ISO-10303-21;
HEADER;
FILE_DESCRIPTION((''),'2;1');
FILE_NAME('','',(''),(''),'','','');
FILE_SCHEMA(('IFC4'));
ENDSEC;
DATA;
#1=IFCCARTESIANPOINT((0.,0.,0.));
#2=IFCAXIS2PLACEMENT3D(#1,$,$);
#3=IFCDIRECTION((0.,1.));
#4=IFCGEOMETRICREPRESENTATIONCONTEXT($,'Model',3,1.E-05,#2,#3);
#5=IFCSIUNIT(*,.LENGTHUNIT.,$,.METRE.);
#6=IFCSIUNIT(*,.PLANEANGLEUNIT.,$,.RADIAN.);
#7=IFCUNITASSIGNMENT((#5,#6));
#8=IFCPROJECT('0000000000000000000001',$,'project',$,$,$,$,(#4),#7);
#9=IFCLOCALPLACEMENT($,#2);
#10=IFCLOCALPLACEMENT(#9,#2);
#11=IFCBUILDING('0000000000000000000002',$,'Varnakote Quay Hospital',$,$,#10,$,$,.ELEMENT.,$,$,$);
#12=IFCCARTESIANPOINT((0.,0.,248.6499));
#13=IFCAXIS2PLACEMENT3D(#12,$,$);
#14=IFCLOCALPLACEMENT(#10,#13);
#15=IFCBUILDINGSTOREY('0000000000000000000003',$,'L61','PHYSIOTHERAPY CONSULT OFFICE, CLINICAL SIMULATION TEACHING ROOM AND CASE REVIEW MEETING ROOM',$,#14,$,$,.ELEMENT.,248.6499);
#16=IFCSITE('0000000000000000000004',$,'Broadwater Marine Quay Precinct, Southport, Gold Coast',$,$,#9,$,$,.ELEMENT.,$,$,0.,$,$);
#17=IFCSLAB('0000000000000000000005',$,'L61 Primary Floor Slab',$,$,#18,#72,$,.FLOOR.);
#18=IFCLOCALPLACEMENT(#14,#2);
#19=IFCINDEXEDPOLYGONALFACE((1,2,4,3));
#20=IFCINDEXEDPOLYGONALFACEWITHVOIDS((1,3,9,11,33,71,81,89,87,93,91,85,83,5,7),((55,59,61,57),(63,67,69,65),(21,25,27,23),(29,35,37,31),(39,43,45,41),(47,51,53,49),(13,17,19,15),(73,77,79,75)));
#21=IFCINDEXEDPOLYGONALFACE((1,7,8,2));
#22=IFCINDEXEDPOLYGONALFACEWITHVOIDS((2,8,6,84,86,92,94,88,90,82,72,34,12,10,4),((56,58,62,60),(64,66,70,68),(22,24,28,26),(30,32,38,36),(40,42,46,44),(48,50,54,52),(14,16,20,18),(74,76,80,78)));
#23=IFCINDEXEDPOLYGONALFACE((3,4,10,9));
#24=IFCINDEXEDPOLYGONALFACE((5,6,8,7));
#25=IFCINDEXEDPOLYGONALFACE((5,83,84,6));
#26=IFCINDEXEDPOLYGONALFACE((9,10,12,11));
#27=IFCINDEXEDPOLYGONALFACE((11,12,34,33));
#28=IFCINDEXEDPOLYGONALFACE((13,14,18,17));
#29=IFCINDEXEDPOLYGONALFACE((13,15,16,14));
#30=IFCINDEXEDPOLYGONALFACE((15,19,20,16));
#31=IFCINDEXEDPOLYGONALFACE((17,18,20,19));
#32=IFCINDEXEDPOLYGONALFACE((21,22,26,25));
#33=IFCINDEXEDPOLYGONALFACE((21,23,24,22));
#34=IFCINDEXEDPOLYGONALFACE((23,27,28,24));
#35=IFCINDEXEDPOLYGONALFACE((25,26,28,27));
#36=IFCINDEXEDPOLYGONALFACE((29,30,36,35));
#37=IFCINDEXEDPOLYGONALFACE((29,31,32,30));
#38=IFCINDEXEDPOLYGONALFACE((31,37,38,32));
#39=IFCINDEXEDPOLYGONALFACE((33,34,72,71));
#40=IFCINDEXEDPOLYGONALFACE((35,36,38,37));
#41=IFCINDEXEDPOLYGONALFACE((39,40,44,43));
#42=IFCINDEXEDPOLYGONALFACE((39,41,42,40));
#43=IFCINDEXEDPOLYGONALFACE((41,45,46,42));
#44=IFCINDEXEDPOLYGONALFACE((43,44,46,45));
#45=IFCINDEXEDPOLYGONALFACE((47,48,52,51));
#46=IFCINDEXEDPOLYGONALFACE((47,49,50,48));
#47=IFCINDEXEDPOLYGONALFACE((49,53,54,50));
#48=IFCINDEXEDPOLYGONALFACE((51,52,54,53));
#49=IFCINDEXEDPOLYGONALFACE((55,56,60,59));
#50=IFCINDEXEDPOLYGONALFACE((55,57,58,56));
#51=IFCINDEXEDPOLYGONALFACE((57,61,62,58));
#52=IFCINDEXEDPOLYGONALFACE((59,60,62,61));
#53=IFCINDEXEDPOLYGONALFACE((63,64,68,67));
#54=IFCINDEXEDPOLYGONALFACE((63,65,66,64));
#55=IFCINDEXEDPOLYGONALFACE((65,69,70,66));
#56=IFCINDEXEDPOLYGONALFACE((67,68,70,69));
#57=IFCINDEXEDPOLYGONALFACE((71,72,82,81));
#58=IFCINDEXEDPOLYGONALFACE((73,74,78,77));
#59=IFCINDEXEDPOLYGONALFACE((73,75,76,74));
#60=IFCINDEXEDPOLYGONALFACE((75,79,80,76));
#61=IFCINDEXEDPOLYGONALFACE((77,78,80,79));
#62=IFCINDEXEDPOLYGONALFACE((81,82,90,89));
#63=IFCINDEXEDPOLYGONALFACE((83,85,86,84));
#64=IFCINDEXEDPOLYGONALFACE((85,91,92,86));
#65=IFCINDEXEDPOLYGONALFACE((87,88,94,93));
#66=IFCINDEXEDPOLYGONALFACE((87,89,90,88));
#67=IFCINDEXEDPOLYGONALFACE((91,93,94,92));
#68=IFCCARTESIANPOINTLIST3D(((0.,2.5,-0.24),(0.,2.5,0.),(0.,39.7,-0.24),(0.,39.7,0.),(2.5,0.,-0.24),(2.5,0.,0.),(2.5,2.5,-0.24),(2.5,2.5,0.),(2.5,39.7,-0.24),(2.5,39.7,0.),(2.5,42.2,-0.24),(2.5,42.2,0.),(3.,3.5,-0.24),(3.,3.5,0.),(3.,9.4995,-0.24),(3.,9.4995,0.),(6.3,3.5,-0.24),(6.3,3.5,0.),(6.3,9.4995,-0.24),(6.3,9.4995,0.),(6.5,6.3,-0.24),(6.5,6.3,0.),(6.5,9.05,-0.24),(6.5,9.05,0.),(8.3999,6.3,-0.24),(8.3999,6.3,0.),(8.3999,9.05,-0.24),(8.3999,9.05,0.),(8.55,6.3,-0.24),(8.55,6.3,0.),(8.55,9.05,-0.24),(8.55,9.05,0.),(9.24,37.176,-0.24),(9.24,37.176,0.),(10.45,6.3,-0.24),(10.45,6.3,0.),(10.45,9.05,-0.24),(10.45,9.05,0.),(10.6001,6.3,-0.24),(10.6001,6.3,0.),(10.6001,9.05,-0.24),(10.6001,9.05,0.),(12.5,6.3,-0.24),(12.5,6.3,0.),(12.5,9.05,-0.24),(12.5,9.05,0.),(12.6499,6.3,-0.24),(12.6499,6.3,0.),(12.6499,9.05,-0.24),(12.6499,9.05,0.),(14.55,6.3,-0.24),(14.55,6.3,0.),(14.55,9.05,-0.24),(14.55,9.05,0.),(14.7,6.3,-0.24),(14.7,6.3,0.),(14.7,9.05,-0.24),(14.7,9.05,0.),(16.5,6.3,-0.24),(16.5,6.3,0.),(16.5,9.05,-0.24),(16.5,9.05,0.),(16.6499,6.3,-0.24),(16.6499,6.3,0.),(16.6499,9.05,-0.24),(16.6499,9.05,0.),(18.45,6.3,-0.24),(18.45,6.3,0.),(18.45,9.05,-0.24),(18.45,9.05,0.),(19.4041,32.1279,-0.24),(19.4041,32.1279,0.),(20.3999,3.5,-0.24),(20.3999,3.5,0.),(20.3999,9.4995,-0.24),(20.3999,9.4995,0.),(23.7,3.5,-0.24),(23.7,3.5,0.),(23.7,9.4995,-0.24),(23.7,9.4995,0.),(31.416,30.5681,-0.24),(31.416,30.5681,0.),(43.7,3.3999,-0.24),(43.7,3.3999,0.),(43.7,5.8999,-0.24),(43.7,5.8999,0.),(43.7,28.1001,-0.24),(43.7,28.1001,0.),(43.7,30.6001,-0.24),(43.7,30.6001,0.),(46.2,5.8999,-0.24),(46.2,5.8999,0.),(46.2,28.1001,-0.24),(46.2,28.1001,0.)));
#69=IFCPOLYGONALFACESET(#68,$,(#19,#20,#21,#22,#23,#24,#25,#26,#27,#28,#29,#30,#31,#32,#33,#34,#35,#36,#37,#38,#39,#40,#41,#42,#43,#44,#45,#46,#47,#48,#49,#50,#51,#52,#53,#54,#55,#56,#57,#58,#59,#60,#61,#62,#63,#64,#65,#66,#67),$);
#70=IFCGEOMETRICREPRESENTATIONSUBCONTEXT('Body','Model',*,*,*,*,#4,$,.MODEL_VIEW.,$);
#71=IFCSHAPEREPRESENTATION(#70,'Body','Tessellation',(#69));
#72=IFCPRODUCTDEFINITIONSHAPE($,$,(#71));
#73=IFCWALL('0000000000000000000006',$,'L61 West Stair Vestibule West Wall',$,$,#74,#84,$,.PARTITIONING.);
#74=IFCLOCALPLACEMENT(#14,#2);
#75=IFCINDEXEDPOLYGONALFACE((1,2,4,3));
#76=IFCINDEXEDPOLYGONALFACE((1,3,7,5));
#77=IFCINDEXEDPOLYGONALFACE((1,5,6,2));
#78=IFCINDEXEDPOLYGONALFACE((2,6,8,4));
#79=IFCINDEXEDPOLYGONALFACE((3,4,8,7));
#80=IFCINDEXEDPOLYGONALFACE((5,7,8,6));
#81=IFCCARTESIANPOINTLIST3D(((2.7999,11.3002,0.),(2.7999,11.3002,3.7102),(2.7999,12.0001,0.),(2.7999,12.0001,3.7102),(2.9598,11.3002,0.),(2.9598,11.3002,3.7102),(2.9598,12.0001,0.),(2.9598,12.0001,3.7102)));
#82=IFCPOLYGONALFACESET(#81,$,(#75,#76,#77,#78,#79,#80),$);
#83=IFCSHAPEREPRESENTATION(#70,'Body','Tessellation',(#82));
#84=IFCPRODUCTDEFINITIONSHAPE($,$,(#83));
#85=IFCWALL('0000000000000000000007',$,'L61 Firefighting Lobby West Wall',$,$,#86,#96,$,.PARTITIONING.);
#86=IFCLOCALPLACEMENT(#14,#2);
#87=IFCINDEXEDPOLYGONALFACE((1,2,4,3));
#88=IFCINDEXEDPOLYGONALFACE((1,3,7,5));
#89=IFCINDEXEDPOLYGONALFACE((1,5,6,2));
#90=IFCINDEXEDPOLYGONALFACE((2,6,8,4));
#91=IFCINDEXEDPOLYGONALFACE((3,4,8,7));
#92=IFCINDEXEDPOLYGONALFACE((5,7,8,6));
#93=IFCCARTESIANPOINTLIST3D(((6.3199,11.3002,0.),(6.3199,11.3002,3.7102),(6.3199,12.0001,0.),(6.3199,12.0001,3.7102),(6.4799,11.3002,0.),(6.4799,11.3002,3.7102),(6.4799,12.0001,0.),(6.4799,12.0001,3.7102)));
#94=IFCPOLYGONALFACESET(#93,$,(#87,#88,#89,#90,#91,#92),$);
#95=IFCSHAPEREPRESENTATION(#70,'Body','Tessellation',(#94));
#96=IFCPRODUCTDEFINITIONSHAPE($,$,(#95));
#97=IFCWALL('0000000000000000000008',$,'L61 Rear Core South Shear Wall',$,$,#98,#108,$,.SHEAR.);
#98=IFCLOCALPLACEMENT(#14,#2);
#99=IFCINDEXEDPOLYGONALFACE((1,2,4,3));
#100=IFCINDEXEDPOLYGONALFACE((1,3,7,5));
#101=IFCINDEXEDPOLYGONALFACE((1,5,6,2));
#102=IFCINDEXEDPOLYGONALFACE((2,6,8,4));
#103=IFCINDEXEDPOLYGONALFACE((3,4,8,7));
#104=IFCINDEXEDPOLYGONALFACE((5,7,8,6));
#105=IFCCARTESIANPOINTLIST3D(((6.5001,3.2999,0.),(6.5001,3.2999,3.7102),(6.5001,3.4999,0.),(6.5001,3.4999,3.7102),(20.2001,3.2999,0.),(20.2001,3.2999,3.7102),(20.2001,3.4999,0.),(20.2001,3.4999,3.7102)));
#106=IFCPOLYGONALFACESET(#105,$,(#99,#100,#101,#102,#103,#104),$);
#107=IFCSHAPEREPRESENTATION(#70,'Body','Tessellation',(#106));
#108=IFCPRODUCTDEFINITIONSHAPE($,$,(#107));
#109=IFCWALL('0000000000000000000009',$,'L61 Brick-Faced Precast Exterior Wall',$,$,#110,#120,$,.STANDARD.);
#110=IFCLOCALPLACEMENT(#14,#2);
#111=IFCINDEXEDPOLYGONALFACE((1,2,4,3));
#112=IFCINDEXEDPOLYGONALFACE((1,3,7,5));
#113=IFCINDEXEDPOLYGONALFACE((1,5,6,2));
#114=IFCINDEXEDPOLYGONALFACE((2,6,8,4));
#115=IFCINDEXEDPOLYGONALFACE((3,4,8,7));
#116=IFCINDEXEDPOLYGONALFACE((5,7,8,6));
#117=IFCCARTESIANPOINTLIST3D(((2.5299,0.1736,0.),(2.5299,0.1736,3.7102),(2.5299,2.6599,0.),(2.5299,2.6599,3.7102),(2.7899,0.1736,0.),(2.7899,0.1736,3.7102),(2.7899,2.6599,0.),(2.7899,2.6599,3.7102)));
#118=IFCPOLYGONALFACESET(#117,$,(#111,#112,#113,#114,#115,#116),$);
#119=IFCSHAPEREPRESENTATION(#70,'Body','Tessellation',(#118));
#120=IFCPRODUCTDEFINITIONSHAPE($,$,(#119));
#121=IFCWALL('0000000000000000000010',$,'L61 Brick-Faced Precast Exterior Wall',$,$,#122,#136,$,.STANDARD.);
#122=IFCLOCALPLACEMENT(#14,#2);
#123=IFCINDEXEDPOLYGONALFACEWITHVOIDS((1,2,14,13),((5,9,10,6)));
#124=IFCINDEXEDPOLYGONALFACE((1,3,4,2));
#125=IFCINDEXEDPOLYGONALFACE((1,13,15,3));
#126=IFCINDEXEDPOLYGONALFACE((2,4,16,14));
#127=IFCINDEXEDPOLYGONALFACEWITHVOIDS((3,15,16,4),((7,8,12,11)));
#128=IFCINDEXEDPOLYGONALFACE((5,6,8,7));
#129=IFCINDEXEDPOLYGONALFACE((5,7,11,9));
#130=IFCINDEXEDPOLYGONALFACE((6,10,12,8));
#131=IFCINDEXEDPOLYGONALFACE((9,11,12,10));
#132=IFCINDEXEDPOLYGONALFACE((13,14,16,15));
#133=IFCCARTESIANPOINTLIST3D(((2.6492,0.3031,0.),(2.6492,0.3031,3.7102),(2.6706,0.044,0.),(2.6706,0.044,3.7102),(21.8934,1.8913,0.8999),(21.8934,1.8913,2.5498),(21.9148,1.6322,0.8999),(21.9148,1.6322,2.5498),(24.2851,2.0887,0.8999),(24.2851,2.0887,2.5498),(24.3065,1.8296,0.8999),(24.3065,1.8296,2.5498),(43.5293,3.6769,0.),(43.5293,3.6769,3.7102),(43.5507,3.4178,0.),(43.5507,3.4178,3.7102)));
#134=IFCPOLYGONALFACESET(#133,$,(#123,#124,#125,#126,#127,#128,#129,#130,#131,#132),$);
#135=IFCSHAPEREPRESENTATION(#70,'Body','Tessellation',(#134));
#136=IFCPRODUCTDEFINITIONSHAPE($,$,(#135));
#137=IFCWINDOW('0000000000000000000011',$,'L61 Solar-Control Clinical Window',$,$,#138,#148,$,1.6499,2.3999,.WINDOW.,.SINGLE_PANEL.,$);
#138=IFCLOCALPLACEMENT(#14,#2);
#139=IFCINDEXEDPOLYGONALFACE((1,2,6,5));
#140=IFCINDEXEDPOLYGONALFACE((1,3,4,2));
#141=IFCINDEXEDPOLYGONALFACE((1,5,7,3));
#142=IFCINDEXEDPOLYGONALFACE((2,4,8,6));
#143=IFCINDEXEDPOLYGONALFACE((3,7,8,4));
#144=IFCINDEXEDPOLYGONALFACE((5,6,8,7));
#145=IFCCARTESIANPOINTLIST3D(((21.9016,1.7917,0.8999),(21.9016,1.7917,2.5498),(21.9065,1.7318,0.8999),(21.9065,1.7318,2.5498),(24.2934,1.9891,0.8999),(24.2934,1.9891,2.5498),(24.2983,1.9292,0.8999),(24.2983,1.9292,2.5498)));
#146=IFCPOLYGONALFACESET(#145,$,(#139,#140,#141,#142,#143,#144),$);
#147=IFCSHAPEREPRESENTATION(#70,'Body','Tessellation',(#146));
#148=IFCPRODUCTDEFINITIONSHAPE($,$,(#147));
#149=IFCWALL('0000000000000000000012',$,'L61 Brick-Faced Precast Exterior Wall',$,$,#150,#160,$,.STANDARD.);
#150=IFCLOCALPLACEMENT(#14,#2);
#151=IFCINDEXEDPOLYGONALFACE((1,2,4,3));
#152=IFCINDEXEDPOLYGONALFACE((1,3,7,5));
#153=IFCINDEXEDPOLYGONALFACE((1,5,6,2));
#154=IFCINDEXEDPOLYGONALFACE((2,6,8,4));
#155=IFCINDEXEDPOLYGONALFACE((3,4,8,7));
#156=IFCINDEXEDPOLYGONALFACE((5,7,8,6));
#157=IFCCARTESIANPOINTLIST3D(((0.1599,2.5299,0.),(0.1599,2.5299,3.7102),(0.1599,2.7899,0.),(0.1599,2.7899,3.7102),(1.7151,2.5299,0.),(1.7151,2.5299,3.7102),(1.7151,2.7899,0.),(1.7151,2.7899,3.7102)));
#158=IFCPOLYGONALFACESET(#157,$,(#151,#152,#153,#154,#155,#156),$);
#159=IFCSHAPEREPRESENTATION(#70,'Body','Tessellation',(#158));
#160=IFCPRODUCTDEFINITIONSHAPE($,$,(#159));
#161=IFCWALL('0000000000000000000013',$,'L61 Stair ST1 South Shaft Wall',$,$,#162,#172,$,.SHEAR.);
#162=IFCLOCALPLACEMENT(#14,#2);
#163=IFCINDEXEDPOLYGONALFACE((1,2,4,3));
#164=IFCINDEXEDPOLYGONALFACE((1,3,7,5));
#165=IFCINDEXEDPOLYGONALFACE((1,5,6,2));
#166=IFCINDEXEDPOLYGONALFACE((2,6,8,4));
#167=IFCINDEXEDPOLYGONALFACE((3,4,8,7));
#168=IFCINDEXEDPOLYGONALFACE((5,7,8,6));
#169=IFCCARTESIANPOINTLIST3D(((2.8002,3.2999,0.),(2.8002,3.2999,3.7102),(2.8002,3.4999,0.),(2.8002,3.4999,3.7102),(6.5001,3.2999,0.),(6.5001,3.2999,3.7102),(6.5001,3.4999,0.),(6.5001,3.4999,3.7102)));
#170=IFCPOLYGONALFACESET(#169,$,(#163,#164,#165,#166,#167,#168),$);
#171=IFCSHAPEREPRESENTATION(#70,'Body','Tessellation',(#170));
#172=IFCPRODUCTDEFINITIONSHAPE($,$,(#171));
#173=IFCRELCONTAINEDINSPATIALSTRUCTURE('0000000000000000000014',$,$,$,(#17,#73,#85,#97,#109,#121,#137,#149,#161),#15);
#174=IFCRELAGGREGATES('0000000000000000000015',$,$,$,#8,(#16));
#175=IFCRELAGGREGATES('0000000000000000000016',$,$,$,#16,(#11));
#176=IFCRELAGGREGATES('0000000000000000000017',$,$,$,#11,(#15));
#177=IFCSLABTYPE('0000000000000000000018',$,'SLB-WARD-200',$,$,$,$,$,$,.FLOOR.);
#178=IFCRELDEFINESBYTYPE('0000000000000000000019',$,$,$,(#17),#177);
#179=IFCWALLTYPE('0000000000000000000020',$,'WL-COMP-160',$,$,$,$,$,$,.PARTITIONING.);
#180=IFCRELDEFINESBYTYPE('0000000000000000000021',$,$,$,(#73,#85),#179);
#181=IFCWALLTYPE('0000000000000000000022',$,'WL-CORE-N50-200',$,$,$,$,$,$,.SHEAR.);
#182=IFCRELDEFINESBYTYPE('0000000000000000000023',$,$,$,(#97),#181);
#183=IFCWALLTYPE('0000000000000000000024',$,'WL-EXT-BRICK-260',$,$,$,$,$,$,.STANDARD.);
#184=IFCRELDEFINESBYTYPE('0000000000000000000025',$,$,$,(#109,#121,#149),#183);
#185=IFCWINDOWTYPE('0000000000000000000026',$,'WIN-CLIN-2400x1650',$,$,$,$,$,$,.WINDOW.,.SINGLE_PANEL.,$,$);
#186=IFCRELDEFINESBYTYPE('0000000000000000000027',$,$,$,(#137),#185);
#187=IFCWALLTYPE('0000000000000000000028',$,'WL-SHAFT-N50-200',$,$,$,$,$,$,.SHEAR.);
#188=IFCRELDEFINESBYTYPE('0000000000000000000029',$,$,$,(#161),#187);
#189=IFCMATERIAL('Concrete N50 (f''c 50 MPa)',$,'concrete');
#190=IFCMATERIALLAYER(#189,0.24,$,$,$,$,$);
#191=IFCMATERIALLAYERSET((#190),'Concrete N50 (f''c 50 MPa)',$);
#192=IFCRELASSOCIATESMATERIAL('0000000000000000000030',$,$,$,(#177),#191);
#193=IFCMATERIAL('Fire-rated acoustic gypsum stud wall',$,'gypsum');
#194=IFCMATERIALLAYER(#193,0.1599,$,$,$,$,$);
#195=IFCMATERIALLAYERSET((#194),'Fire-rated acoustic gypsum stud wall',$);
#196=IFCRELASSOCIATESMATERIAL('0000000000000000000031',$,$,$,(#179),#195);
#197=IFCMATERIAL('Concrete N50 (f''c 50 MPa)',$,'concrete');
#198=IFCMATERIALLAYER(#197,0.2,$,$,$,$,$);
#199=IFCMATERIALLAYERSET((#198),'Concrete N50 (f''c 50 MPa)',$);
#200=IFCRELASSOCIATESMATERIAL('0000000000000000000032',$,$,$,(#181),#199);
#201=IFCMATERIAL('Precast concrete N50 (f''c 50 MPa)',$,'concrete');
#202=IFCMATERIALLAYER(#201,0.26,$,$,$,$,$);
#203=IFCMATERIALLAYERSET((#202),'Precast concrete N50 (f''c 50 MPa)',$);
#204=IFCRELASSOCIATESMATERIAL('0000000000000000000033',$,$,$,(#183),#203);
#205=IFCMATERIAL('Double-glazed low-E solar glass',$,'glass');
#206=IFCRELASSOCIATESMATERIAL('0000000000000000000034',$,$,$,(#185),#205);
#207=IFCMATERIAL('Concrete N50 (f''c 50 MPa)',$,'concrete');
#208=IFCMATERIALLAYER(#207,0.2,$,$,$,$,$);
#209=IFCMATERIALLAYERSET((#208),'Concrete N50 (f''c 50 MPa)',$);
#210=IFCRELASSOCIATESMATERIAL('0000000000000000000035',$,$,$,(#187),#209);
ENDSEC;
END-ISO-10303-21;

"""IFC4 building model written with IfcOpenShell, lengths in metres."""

from ifc_helpers import new_model, si_unit, direction, frame, frame_2d, origin, place, context, subcontext, project, spatial, polyline, rectangle, outline, extrude, material, layer, layer_set, type_object, element, fill, save


model = new_model("IFC4")

# Units and contexts
model_context = context("Model", 3, precision=1e-05, world=origin(), true_north=direction((0.0, 1.0)))
body_context = subcontext(model_context, "Body", "Model", "MODEL_VIEW")
ifc_project = project(units=[si_unit("LENGTHUNIT", "METRE"), si_unit("PLANEANGLEUNIT", "RADIAN")], contexts=[model_context])

# Site, building, storey
site_placement = place(None, origin())
site = spatial("IfcSite", under=ifc_project, at=site_placement, Name="Broadwater Marine Quay Precinct, Southport, Gold Coast", CompositionType="ELEMENT", RefElevation=0.0)
building_placement = place(site_placement, origin())
building = spatial("IfcBuilding", under=site, at=building_placement, Name="Varnakote Quay Hospital", CompositionType="ELEMENT")
storey_placement = place(building_placement, frame((0.0, 0.0, 248.6499)))
storey = spatial("IfcBuildingStorey", under=building, at=storey_placement, Name="L61", Description="PHYSIOTHERAPY CONSULT OFFICE, CLINICAL SIMULATION TEACHING ROOM AND CASE REVIEW MEETING ROOM", CompositionType="ELEMENT", Elevation=248.6499)

# Slab
ifc_material_1 = material(Name="Concrete N50 (f'c 50 MPa)", Category="concrete")
ifc_layer_1 = layer(ifc_material_1, 0.24)
ifc_layer_set_1 = layer_set([ifc_layer_1], Name="Concrete N50 (f'c 50 MPa)")
slab_type_1 = type_object("IfcSlabType", Name="SLB-WARD-200", PredefinedType="FLOOR", material=ifc_layer_set_1)
slab_1_placement = place(storey_placement, frame((0.0, 0.0, -0.24)))
element("IfcSlab", 1, at=slab_1_placement, inside=storey, type_object=slab_type_1, Name="L61 Primary Floor Slab", PredefinedType="FLOOR", context=body_context, shape_type="SweptSolid", body=[
    extrude(outline(polyline([(0.0, 2.5), (2.5, 2.5), (2.5, 0.0), (43.7, 3.3999), (43.7, 5.8999), (46.2, 5.8999), (46.2, 28.1001), (43.7, 28.1001), (43.7, 30.6001), (31.416, 30.5681), (19.4041, 32.1279), (9.24, 37.176), (2.5, 42.2), (2.5, 39.7), (0.0, 39.7), (0.0, 2.5)]), holes=[polyline([(3.0, 3.5), (6.3, 3.5), (6.3, 9.4995), (3.0, 9.4995), (3.0, 3.5)]), polyline([(20.3999, 3.5), (23.7, 3.5), (23.7, 9.4995), (20.3999, 9.4995), (20.3999, 3.5)]), polyline([(6.5, 6.3), (8.3999, 6.3), (8.3999, 9.05), (6.5, 9.05), (6.5, 6.3)]), polyline([(8.55, 6.3), (10.45, 6.3), (10.45, 9.05), (8.55, 9.05), (8.55, 6.3)]), polyline([(10.6001, 6.3), (12.5, 6.3), (12.5, 9.05), (10.6001, 9.05), (10.6001, 6.3)]), polyline([(12.6499, 6.3), (14.55, 6.3), (14.55, 9.05), (12.6499, 9.05), (12.6499, 6.3)]), polyline([(14.7, 6.3), (16.5, 6.3), (16.5, 9.05), (14.7, 9.05), (14.7, 6.3)]), polyline([(16.6499, 6.3), (18.45, 6.3), (18.45, 9.05), (16.6499, 9.05), (16.6499, 6.3)])]), origin(), (0.0, 0.0, 1.0), 0.24),
])

# Walls
ifc_material_2 = material(Name="Fire-rated acoustic gypsum stud wall", Category="gypsum")
ifc_layer_2 = layer(ifc_material_2, 0.1599)
ifc_layer_set_2 = layer_set([ifc_layer_2], Name="Fire-rated acoustic gypsum stud wall")
wall_type_1 = type_object("IfcWallType", Name="WL-COMP-160", PredefinedType="PARTITIONING", material=ifc_layer_set_2)
for number, where, z_axis, x_axis, name in (
    (2, (2.8799, 11.3, 0.0), (0.0, 0.0, 1.0), (0.0, 1.0, 0.0), "L61 West Stair Vestibule West Wall"),
    (3, (6.3999, 11.3, 0.0), (0.0, 0.0, 1.0), (0.0, 1.0, 0.0), "L61 Firefighting Lobby West Wall"),
):
    element("IfcWall", number, at=place(storey_placement, frame(where, z_axis=z_axis, x_axis=x_axis)), inside=storey, type_object=wall_type_1, Name=name, PredefinedType="PARTITIONING", context=body_context, shape_type="SweptSolid", body=[
        extrude(rectangle(XDim=0.7, YDim=0.1599, at=frame_2d((0.3501, 0.0))), origin(), (0.0, 0.0, 1.0), 3.7102),
    ])
ifc_material_3 = material(Name="Concrete N50 (f'c 50 MPa)", Category="concrete")
ifc_layer_3 = layer(ifc_material_3, 0.2)
ifc_layer_set_3 = layer_set([ifc_layer_3], Name="Concrete N50 (f'c 50 MPa)")
wall_type_2 = type_object("IfcWallType", Name="WL-CORE-N50-200", PredefinedType="SHEAR", material=ifc_layer_set_3)
wall_1_placement = place(storey_placement, frame((6.5, 3.3999, 0.0), z_axis=(0.0, 0.0, 1.0), x_axis=(1.0, 0.0, 0.0)))
element("IfcWall", 4, at=wall_1_placement, inside=storey, type_object=wall_type_2, Name="L61 Rear Core South Shear Wall", PredefinedType="SHEAR", context=body_context, shape_type="SweptSolid", body=[
    extrude(rectangle(XDim=13.7, YDim=0.2, at=frame_2d((6.8501, 0.0))), origin(), (0.0, 0.0, 1.0), 3.7102),
])
ifc_material_4 = material(Name="Precast concrete N50 (f'c 50 MPa)", Category="concrete")
ifc_layer_4 = layer(ifc_material_4, 0.26)
ifc_layer_set_4 = layer_set([ifc_layer_4], Name="Precast concrete N50 (f'c 50 MPa)")
wall_type_3 = type_object("IfcWallType", Name="WL-EXT-BRICK-260", PredefinedType="STANDARD", material=ifc_layer_set_4)
wall_2_placement = place(storey_placement, frame((2.6599, 2.6599, 0.0), z_axis=(0.0, 0.0, 1.0), x_axis=(0.0, -1.0, 0.0)))
element("IfcWall", 5, at=wall_2_placement, inside=storey, type_object=wall_type_3, Name="L61 Brick-Faced Precast Exterior Wall", PredefinedType="STANDARD", context=body_context, shape_type="SweptSolid", body=[
    extrude(rectangle(XDim=2.4863, YDim=0.26, at=frame_2d((1.2432, 0.0))), origin(), (0.0, 0.0, 1.0), 3.7102),
])

# Wall, opening, window
wall_3_placement = place(storey_placement, frame((2.6599, 0.1736, 0.0), z_axis=(0.0, 0.0, 1.0), x_axis=(0.996612, 0.082249, 0.0)))
wall_3 = element("IfcWall", 6, at=wall_3_placement, inside=storey, type_object=wall_type_3, Name="L61 Brick-Faced Precast Exterior Wall", PredefinedType="STANDARD", context=body_context, shape_type="SweptSolid", body=[
    extrude(rectangle(XDim=41.019, YDim=0.26, at=frame_2d((20.5095, 0.0))), origin(), (0.0, 0.0, 1.0), 3.7102),
])
opening_1_placement = place(wall_3_placement, frame((19.3096, 0.0, 0.8999)))
opening_1 = element("IfcOpeningElement", 7, at=opening_1_placement, cuts=wall_3, PredefinedType="OPENING", context=body_context, shape_type="SweptSolid", body=[
    extrude(rectangle(XDim=2.3999, YDim=1.6499, at=frame_2d((1.2, 0.825))), frame((0.0, 0.1399, 0.0), z_axis=(0.0, -1.0, 0.0), x_axis=(1.0, 0.0, 0.0)), (0.0, 0.0, 1.0), 0.28),
])
ifc_material_5 = material(Name="Double-glazed low-E solar glass", Category="glass")
window_type = type_object("IfcWindowType", Name="WIN-CLIN-2400x1650", PartitioningType="SINGLE_PANEL", PredefinedType="WINDOW", material=ifc_material_5)
window_placement = place(opening_1_placement, origin())
window = element("IfcWindow", 8, at=window_placement, inside=storey, type_object=window_type, Name="L61 Solar-Control Clinical Window", OverallHeight=1.6499, OverallWidth=2.3999, PartitioningType="SINGLE_PANEL", PredefinedType="WINDOW", context=body_context, shape_type="SweptSolid", body=[
    extrude(rectangle(XDim=2.3999, YDim=1.6499, at=frame_2d((1.2, 0.825))), frame((0.0, 0.03, 0.0), z_axis=(0.0, -1.0, 0.0), x_axis=(1.0, 0.0, 0.0)), (0.0, 0.0, 1.0), 0.0601),
])
fill(opening_1, window)

# Walls
wall_4_placement = place(storey_placement, frame((0.1599, 2.6599, 0.0), z_axis=(0.0, 0.0, 1.0), x_axis=(1.0, 0.0, 0.0)))
element("IfcWall", 9, at=wall_4_placement, inside=storey, type_object=wall_type_3, Name="L61 Brick-Faced Precast Exterior Wall", PredefinedType="STANDARD", context=body_context, shape_type="SweptSolid", body=[
    extrude(rectangle(XDim=1.5552, YDim=0.26, at=frame_2d((0.7776, 0.0))), origin(), (0.0, 0.0, 1.0), 3.7102),
])
ifc_material_6 = material(Name="Concrete N50 (f'c 50 MPa)", Category="concrete")
ifc_layer_5 = layer(ifc_material_6, 0.2)
ifc_layer_set_5 = layer_set([ifc_layer_5], Name="Concrete N50 (f'c 50 MPa)")
wall_type_4 = type_object("IfcWallType", Name="WL-SHAFT-N50-200", PredefinedType="SHEAR", material=ifc_layer_set_5)
wall_5_placement = place(storey_placement, frame((2.8, 3.3999, 0.0), z_axis=(0.0, 0.0, 1.0), x_axis=(1.0, 0.0, 0.0)))
element("IfcWall", 10, at=wall_5_placement, inside=storey, type_object=wall_type_4, Name="L61 Stair ST1 South Shaft Wall", PredefinedType="SHEAR", context=body_context, shape_type="SweptSolid", body=[
    extrude(rectangle(XDim=3.7, YDim=0.2, at=frame_2d((1.8501, 0.0))), origin(), (0.0, 0.0, 1.0), 3.7102),
])

save(model, "model.ifc")
